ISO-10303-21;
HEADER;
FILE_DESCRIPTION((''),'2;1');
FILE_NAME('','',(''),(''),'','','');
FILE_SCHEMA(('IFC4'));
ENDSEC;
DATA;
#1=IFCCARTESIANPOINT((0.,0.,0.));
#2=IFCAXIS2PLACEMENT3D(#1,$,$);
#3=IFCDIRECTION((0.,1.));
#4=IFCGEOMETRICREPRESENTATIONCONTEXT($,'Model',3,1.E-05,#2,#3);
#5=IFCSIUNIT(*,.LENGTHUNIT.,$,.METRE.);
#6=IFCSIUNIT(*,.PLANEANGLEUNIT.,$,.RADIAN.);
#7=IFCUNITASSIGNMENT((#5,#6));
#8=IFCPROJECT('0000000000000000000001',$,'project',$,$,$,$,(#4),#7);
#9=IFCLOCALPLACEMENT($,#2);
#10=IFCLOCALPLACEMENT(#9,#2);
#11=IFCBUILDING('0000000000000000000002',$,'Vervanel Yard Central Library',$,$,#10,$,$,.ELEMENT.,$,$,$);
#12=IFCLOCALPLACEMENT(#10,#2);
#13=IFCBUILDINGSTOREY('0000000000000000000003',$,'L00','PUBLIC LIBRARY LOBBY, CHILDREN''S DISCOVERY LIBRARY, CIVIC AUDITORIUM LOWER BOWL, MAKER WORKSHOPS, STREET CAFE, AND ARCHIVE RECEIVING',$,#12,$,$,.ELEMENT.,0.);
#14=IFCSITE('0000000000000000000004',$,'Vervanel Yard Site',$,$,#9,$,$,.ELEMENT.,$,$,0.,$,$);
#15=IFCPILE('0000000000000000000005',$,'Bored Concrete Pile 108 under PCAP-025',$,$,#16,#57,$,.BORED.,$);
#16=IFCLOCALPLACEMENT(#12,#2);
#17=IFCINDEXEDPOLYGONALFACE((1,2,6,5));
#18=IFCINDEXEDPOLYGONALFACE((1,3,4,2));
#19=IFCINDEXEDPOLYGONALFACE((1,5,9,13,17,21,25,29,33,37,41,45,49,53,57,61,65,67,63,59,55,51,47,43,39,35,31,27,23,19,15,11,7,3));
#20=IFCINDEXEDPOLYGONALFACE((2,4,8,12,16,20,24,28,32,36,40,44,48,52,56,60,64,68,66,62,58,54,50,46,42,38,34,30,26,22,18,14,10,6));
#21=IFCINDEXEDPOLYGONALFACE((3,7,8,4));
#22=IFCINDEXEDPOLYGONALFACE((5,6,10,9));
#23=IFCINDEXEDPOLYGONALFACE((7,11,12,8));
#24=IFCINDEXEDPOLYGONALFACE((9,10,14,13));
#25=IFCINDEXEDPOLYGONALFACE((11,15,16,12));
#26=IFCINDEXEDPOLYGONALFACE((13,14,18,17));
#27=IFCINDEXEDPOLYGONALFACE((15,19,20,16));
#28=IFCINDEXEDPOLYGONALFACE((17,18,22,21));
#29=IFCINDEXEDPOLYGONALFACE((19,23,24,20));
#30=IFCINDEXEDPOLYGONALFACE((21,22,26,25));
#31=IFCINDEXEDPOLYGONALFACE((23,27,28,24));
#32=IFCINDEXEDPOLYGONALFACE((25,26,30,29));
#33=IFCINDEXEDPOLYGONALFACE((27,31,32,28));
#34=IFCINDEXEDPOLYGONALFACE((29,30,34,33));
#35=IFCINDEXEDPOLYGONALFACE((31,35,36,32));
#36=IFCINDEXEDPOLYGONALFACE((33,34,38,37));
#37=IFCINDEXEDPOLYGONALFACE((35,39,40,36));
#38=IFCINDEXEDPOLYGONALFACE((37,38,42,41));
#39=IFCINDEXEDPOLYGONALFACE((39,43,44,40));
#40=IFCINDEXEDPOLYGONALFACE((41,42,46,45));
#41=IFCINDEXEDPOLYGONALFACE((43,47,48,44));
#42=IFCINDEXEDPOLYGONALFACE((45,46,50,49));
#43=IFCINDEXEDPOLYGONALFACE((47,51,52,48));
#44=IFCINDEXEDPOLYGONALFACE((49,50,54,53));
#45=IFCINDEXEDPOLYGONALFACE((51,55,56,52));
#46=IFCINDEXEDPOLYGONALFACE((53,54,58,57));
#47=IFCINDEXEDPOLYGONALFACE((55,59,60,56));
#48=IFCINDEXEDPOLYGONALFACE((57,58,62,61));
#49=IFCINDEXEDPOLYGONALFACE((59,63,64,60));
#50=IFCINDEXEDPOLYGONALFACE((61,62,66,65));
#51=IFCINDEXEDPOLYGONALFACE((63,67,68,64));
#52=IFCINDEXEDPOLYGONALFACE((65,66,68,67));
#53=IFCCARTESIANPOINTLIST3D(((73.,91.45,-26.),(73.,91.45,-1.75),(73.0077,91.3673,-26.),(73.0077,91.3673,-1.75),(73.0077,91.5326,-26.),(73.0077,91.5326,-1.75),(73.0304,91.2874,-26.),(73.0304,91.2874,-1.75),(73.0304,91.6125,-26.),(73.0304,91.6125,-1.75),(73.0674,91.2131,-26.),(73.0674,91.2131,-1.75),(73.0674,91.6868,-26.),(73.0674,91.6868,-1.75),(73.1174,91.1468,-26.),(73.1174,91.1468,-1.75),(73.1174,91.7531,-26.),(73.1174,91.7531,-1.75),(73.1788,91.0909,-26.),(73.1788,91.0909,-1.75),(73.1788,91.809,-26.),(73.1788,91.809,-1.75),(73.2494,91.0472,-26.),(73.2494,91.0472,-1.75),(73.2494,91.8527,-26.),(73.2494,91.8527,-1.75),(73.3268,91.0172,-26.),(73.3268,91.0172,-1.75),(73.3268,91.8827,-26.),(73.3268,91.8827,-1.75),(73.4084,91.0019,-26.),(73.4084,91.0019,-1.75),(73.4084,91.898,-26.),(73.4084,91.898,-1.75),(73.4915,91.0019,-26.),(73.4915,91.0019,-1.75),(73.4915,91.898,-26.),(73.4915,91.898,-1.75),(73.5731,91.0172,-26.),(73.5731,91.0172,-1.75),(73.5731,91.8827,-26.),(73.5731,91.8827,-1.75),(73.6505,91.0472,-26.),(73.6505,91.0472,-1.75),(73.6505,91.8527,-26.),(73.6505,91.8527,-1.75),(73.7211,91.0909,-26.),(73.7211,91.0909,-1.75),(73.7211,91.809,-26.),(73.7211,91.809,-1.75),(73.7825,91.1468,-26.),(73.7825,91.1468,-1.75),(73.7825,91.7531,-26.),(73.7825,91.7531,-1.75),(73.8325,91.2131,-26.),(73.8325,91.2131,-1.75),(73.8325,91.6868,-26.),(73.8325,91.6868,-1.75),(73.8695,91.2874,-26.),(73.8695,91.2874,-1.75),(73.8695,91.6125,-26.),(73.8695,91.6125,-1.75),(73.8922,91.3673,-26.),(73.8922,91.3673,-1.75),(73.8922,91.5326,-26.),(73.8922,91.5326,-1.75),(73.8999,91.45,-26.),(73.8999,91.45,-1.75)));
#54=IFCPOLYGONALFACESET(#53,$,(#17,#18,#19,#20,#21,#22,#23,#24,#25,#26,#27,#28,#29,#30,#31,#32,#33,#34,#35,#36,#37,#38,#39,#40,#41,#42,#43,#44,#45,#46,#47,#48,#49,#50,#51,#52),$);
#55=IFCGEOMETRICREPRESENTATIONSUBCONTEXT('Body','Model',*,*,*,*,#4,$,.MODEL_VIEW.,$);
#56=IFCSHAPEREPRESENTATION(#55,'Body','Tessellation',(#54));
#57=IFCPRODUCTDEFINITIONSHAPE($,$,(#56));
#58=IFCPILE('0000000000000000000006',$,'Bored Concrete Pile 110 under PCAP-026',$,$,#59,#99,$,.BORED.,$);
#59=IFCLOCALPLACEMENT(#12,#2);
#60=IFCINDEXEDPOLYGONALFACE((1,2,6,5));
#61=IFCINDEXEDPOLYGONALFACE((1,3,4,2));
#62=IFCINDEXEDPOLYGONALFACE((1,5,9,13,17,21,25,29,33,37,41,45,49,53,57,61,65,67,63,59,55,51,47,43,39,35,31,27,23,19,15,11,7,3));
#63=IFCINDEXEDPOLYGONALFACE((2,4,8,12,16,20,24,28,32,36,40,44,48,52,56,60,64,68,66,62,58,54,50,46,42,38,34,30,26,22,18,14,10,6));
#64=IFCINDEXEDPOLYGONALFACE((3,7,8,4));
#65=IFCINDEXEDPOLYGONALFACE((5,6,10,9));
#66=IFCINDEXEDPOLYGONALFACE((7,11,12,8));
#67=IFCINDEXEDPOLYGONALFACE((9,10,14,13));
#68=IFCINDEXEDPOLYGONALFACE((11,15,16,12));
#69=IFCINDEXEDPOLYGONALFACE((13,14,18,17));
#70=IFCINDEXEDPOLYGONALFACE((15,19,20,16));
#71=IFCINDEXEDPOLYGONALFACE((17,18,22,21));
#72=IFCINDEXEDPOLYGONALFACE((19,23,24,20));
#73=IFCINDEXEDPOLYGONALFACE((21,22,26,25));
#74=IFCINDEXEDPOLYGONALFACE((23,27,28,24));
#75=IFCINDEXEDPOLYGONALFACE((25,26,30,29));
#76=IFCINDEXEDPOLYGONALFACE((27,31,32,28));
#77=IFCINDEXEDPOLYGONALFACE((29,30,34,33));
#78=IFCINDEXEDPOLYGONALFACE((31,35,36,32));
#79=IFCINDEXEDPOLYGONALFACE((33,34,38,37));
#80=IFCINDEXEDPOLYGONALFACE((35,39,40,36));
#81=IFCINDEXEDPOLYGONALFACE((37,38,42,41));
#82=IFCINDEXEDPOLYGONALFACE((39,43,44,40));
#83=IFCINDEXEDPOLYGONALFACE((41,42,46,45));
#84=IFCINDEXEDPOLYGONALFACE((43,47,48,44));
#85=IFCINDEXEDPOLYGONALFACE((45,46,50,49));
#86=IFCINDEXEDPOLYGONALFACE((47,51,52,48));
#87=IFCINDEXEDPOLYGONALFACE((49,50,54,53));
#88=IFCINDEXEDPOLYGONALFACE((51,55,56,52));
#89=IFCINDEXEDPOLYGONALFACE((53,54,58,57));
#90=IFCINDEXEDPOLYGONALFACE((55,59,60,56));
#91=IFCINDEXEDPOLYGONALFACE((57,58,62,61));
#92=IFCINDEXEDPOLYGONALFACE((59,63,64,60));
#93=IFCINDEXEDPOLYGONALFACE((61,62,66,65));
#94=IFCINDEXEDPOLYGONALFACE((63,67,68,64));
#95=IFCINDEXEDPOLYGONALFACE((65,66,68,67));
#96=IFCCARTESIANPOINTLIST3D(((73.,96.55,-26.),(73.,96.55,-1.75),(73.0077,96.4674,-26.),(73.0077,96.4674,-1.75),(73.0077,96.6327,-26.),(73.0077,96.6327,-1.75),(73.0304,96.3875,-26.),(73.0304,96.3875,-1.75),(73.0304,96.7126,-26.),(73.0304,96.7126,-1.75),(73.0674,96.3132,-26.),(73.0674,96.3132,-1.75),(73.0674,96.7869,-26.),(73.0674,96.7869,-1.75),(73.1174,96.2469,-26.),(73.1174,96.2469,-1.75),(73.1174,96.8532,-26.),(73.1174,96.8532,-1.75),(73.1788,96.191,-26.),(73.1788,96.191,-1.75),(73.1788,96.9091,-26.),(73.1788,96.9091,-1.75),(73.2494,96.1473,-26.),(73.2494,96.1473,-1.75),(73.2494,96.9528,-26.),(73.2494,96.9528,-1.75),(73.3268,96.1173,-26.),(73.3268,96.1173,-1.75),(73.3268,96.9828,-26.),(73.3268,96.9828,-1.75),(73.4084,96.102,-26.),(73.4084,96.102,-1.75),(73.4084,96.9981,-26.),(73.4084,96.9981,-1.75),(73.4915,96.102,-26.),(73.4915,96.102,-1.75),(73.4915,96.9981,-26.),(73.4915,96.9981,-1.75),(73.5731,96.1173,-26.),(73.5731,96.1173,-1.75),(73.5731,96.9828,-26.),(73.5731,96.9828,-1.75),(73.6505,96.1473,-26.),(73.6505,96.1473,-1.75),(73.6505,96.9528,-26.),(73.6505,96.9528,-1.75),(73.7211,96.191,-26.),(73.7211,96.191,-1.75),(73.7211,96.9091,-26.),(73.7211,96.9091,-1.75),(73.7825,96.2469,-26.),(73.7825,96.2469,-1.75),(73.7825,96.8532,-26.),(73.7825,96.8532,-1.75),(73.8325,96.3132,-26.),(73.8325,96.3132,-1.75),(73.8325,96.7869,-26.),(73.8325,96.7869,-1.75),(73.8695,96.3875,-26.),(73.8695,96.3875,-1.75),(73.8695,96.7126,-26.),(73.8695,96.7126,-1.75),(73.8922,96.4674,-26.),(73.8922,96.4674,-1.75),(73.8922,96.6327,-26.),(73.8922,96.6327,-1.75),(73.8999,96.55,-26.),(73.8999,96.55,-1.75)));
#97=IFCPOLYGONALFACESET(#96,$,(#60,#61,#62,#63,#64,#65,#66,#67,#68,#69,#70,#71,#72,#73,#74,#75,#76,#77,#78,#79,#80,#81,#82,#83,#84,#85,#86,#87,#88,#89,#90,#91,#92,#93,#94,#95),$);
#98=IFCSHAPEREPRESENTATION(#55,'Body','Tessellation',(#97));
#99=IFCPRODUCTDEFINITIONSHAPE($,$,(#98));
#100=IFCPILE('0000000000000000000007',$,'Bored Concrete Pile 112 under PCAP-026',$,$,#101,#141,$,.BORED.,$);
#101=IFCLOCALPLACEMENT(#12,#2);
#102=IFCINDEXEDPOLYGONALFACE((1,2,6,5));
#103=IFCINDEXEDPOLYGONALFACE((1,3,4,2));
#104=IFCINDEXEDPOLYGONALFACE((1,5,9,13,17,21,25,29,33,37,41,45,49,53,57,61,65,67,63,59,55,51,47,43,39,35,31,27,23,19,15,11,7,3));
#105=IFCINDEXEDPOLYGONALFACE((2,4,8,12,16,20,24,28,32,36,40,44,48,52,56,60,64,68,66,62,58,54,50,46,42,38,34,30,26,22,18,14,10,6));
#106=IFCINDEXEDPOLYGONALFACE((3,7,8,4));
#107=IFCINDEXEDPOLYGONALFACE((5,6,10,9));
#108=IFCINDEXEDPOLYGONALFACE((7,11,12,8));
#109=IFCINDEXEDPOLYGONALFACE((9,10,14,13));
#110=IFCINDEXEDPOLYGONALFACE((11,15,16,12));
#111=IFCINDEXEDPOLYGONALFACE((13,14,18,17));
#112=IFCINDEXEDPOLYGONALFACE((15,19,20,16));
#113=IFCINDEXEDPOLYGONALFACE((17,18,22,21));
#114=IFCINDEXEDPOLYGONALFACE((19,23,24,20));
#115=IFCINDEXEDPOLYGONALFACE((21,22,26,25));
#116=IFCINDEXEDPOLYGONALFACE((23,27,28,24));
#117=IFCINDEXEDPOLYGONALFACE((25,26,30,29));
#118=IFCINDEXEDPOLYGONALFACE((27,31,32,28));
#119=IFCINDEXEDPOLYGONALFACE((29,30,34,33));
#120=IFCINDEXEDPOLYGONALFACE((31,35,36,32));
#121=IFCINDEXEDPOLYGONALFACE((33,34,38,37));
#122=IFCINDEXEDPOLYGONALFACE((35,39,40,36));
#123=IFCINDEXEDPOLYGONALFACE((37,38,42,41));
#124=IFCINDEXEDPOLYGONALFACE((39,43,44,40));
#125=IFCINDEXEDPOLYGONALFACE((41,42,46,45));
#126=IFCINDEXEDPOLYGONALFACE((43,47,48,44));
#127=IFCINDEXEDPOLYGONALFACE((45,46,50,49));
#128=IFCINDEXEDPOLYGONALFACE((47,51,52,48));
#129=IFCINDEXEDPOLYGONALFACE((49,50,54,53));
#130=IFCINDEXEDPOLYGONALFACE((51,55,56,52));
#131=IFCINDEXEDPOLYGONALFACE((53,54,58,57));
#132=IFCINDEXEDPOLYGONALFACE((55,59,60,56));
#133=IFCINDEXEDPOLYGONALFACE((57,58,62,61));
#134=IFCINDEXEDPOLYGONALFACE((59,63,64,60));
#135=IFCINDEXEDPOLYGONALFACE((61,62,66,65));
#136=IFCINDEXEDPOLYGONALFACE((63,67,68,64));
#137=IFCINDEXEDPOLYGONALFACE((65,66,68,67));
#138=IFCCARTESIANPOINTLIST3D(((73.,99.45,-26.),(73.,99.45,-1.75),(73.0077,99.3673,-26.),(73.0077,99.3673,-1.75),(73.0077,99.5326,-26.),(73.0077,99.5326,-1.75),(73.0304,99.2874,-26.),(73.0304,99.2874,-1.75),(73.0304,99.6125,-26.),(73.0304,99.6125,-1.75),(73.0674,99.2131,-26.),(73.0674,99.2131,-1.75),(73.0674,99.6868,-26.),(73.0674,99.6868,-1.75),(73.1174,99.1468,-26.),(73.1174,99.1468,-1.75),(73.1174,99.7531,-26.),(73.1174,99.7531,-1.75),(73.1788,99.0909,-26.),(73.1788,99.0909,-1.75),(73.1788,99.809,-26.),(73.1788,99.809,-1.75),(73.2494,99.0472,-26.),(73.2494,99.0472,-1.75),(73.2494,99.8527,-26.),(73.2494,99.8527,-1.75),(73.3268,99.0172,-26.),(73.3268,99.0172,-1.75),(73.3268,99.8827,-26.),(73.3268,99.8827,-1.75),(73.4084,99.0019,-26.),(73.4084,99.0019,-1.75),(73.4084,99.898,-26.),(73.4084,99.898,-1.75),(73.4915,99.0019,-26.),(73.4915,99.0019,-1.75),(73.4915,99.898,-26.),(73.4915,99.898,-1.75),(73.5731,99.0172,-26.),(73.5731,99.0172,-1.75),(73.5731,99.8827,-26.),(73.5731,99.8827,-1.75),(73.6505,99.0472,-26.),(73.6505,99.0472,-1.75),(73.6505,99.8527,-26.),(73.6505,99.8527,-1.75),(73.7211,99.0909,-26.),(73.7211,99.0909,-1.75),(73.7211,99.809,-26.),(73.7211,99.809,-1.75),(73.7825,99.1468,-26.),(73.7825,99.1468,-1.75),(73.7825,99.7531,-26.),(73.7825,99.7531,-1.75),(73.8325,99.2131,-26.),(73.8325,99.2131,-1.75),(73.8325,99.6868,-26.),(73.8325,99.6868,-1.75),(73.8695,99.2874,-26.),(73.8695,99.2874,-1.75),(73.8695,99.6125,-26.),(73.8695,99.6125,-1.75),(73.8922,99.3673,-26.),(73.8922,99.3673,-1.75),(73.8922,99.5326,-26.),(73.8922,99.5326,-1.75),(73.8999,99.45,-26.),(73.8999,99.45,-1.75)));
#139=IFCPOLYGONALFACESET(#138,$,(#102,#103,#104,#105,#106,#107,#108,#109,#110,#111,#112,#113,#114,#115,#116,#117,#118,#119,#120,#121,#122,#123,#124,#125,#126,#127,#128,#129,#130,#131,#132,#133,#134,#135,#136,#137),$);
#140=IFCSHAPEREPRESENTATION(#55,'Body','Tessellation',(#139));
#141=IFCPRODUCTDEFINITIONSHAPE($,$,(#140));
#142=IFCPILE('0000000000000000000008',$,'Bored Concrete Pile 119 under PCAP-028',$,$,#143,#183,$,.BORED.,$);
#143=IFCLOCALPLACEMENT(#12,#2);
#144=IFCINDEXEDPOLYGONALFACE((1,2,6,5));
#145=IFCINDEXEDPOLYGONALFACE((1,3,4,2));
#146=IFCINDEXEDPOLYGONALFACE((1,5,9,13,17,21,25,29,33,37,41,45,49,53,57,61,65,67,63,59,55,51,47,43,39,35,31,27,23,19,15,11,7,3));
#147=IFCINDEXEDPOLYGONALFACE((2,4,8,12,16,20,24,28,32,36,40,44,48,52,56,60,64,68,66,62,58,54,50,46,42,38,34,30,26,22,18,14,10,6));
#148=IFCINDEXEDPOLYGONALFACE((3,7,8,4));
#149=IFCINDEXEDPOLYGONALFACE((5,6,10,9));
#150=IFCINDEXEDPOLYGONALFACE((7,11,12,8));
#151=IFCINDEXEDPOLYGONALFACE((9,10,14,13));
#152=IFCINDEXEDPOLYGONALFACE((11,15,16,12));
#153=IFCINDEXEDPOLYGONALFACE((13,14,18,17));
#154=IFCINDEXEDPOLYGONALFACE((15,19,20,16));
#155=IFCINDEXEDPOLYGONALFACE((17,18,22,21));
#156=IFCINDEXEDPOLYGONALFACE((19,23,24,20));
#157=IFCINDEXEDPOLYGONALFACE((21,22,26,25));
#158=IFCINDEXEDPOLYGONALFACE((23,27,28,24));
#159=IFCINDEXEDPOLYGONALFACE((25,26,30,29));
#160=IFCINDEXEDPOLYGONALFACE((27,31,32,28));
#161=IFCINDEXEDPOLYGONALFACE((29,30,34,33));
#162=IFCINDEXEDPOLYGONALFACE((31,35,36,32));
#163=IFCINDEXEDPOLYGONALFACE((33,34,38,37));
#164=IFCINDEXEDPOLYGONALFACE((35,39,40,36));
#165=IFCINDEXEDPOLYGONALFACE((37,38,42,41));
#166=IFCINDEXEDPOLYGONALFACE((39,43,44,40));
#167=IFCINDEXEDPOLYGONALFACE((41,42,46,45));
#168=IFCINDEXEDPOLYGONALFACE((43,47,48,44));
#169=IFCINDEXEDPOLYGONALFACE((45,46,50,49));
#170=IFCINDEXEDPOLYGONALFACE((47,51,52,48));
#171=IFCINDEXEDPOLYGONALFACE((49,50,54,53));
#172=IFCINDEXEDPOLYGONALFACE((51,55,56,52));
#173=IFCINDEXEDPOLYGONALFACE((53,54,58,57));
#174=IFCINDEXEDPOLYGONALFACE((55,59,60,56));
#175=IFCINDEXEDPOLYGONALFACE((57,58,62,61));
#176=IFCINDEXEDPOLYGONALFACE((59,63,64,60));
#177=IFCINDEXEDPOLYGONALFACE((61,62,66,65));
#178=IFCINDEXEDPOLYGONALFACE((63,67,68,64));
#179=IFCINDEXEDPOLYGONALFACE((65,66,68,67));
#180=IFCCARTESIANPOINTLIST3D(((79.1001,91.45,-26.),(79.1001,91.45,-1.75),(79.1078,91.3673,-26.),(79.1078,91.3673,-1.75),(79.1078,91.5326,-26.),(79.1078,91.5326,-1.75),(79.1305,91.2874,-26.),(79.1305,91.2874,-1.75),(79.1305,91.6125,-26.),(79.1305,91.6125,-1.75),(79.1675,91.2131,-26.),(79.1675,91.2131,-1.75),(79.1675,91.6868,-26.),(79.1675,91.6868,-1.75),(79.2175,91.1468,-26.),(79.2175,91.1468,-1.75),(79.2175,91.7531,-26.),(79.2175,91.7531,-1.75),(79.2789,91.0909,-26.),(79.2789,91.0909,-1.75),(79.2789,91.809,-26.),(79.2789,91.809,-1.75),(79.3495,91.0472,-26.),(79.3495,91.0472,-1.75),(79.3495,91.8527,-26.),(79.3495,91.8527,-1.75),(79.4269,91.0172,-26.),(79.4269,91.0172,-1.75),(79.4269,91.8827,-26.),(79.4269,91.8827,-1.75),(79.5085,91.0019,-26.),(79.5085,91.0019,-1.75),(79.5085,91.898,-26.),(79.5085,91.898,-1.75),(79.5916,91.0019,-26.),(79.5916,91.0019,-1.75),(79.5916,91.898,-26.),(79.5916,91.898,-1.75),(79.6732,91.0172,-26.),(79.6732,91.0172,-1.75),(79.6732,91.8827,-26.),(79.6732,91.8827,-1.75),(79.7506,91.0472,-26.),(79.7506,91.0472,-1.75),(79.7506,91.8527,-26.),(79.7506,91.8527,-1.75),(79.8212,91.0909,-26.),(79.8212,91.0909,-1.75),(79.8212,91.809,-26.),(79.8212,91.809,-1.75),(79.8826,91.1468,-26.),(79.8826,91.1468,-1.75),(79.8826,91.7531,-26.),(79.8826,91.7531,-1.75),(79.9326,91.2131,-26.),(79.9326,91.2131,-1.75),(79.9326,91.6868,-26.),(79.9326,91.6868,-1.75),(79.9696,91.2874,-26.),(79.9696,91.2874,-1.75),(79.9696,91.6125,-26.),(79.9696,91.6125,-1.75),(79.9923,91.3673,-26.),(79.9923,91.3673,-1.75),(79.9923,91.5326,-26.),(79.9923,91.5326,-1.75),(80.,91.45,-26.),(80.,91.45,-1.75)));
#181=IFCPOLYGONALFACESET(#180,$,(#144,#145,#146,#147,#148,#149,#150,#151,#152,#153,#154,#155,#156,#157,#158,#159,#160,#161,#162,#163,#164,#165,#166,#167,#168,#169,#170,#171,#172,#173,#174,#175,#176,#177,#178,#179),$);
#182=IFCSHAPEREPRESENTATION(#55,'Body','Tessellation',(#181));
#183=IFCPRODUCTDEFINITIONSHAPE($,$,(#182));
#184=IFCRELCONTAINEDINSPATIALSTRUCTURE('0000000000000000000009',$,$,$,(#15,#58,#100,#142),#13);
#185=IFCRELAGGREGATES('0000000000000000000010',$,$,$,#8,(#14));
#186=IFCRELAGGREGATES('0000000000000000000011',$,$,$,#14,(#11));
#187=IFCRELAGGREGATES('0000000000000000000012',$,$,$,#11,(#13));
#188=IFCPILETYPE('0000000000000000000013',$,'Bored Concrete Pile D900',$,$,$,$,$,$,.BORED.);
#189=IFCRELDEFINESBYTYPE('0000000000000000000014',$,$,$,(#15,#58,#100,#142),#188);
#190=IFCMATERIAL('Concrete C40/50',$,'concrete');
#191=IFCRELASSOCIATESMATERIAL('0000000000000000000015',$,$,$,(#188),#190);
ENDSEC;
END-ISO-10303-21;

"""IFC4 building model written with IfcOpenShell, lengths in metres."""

from ifc_helpers import new_model, si_unit, direction, frame, origin, origin_2d, place, context, subcontext, project, spatial, circle, extrude, material, material_profile, profile_set, type_object, element, save


model = new_model("IFC4")

# Units and contexts
model_context = context("Model", 3, precision=1e-05, world=origin(), true_north=direction((0.0, 1.0)))
body_context = subcontext(model_context, "Body", "Model", "MODEL_VIEW")
ifc_project = project(units=[si_unit("LENGTHUNIT", "METRE"), si_unit("PLANEANGLEUNIT", "RADIAN")], contexts=[model_context])

# Site, building, storey
site_placement = place(None, origin())
site = spatial("IfcSite", under=ifc_project, at=site_placement, Name="Vervanel Yard Site", CompositionType="ELEMENT", RefElevation=0.0)
building_placement = place(site_placement, origin())
building = spatial("IfcBuilding", under=site, at=building_placement, Name="Vervanel Yard Central Library", CompositionType="ELEMENT")
storey_placement = place(building_placement, origin())
storey = spatial("IfcBuildingStorey", under=building, at=storey_placement, Name="L00", Description="PUBLIC LIBRARY LOBBY, CHILDREN'S DISCOVERY LIBRARY, CIVIC AUDITORIUM LOWER BOWL, MAKER WORKSHOPS, STREET CAFE, AND ARCHIVE RECEIVING", CompositionType="ELEMENT", Elevation=0.0)

# Piles
ifc_material_1 = material(Name="Concrete C40/50", Category="concrete")
ifc_material_profile_1 = material_profile(ifc_material_1, circle(Radius=0.45, at=origin_2d()), Name="BP D900", Category="concrete")
ifc_profile_set_1 = profile_set([ifc_material_profile_1], Name="Concrete C40/50")
pile_type = type_object("IfcPileType", Name="Bored Concrete Pile D900", PredefinedType="BORED", material=ifc_profile_set_1)
for number, where, z_axis, x_axis, name in (
    (1, (73.45, 91.45, -1.75), (0.0, 0.0, -1.0), (1.0, 0.0, 0.0), "Bored Concrete Pile 108 under PCAP-025"),
    (2, (73.45, 96.55, -1.75), (0.0, 0.0, -1.0), (1.0, 0.0, 0.0), "Bored Concrete Pile 110 under PCAP-026"),
    (3, (73.45, 99.45, -1.75), (0.0, 0.0, -1.0), (1.0, 0.0, 0.0), "Bored Concrete Pile 112 under PCAP-026"),
    (4, (79.55, 91.45, -1.75), (0.0, 0.0, -1.0), (1.0, 0.0, 0.0), "Bored Concrete Pile 119 under PCAP-028"),
):
    element("IfcPile", number, at=place(storey_placement, frame(where, z_axis=z_axis, x_axis=x_axis)), inside=storey, type_object=pile_type, Name=name, PredefinedType="BORED", context=body_context, shape_type="SweptSolid", body=[
        extrude(circle(Radius=0.45, at=origin_2d()), origin(), (0.0, 0.0, 1.0), 24.25),
    ])

save(model, "model.ifc")
